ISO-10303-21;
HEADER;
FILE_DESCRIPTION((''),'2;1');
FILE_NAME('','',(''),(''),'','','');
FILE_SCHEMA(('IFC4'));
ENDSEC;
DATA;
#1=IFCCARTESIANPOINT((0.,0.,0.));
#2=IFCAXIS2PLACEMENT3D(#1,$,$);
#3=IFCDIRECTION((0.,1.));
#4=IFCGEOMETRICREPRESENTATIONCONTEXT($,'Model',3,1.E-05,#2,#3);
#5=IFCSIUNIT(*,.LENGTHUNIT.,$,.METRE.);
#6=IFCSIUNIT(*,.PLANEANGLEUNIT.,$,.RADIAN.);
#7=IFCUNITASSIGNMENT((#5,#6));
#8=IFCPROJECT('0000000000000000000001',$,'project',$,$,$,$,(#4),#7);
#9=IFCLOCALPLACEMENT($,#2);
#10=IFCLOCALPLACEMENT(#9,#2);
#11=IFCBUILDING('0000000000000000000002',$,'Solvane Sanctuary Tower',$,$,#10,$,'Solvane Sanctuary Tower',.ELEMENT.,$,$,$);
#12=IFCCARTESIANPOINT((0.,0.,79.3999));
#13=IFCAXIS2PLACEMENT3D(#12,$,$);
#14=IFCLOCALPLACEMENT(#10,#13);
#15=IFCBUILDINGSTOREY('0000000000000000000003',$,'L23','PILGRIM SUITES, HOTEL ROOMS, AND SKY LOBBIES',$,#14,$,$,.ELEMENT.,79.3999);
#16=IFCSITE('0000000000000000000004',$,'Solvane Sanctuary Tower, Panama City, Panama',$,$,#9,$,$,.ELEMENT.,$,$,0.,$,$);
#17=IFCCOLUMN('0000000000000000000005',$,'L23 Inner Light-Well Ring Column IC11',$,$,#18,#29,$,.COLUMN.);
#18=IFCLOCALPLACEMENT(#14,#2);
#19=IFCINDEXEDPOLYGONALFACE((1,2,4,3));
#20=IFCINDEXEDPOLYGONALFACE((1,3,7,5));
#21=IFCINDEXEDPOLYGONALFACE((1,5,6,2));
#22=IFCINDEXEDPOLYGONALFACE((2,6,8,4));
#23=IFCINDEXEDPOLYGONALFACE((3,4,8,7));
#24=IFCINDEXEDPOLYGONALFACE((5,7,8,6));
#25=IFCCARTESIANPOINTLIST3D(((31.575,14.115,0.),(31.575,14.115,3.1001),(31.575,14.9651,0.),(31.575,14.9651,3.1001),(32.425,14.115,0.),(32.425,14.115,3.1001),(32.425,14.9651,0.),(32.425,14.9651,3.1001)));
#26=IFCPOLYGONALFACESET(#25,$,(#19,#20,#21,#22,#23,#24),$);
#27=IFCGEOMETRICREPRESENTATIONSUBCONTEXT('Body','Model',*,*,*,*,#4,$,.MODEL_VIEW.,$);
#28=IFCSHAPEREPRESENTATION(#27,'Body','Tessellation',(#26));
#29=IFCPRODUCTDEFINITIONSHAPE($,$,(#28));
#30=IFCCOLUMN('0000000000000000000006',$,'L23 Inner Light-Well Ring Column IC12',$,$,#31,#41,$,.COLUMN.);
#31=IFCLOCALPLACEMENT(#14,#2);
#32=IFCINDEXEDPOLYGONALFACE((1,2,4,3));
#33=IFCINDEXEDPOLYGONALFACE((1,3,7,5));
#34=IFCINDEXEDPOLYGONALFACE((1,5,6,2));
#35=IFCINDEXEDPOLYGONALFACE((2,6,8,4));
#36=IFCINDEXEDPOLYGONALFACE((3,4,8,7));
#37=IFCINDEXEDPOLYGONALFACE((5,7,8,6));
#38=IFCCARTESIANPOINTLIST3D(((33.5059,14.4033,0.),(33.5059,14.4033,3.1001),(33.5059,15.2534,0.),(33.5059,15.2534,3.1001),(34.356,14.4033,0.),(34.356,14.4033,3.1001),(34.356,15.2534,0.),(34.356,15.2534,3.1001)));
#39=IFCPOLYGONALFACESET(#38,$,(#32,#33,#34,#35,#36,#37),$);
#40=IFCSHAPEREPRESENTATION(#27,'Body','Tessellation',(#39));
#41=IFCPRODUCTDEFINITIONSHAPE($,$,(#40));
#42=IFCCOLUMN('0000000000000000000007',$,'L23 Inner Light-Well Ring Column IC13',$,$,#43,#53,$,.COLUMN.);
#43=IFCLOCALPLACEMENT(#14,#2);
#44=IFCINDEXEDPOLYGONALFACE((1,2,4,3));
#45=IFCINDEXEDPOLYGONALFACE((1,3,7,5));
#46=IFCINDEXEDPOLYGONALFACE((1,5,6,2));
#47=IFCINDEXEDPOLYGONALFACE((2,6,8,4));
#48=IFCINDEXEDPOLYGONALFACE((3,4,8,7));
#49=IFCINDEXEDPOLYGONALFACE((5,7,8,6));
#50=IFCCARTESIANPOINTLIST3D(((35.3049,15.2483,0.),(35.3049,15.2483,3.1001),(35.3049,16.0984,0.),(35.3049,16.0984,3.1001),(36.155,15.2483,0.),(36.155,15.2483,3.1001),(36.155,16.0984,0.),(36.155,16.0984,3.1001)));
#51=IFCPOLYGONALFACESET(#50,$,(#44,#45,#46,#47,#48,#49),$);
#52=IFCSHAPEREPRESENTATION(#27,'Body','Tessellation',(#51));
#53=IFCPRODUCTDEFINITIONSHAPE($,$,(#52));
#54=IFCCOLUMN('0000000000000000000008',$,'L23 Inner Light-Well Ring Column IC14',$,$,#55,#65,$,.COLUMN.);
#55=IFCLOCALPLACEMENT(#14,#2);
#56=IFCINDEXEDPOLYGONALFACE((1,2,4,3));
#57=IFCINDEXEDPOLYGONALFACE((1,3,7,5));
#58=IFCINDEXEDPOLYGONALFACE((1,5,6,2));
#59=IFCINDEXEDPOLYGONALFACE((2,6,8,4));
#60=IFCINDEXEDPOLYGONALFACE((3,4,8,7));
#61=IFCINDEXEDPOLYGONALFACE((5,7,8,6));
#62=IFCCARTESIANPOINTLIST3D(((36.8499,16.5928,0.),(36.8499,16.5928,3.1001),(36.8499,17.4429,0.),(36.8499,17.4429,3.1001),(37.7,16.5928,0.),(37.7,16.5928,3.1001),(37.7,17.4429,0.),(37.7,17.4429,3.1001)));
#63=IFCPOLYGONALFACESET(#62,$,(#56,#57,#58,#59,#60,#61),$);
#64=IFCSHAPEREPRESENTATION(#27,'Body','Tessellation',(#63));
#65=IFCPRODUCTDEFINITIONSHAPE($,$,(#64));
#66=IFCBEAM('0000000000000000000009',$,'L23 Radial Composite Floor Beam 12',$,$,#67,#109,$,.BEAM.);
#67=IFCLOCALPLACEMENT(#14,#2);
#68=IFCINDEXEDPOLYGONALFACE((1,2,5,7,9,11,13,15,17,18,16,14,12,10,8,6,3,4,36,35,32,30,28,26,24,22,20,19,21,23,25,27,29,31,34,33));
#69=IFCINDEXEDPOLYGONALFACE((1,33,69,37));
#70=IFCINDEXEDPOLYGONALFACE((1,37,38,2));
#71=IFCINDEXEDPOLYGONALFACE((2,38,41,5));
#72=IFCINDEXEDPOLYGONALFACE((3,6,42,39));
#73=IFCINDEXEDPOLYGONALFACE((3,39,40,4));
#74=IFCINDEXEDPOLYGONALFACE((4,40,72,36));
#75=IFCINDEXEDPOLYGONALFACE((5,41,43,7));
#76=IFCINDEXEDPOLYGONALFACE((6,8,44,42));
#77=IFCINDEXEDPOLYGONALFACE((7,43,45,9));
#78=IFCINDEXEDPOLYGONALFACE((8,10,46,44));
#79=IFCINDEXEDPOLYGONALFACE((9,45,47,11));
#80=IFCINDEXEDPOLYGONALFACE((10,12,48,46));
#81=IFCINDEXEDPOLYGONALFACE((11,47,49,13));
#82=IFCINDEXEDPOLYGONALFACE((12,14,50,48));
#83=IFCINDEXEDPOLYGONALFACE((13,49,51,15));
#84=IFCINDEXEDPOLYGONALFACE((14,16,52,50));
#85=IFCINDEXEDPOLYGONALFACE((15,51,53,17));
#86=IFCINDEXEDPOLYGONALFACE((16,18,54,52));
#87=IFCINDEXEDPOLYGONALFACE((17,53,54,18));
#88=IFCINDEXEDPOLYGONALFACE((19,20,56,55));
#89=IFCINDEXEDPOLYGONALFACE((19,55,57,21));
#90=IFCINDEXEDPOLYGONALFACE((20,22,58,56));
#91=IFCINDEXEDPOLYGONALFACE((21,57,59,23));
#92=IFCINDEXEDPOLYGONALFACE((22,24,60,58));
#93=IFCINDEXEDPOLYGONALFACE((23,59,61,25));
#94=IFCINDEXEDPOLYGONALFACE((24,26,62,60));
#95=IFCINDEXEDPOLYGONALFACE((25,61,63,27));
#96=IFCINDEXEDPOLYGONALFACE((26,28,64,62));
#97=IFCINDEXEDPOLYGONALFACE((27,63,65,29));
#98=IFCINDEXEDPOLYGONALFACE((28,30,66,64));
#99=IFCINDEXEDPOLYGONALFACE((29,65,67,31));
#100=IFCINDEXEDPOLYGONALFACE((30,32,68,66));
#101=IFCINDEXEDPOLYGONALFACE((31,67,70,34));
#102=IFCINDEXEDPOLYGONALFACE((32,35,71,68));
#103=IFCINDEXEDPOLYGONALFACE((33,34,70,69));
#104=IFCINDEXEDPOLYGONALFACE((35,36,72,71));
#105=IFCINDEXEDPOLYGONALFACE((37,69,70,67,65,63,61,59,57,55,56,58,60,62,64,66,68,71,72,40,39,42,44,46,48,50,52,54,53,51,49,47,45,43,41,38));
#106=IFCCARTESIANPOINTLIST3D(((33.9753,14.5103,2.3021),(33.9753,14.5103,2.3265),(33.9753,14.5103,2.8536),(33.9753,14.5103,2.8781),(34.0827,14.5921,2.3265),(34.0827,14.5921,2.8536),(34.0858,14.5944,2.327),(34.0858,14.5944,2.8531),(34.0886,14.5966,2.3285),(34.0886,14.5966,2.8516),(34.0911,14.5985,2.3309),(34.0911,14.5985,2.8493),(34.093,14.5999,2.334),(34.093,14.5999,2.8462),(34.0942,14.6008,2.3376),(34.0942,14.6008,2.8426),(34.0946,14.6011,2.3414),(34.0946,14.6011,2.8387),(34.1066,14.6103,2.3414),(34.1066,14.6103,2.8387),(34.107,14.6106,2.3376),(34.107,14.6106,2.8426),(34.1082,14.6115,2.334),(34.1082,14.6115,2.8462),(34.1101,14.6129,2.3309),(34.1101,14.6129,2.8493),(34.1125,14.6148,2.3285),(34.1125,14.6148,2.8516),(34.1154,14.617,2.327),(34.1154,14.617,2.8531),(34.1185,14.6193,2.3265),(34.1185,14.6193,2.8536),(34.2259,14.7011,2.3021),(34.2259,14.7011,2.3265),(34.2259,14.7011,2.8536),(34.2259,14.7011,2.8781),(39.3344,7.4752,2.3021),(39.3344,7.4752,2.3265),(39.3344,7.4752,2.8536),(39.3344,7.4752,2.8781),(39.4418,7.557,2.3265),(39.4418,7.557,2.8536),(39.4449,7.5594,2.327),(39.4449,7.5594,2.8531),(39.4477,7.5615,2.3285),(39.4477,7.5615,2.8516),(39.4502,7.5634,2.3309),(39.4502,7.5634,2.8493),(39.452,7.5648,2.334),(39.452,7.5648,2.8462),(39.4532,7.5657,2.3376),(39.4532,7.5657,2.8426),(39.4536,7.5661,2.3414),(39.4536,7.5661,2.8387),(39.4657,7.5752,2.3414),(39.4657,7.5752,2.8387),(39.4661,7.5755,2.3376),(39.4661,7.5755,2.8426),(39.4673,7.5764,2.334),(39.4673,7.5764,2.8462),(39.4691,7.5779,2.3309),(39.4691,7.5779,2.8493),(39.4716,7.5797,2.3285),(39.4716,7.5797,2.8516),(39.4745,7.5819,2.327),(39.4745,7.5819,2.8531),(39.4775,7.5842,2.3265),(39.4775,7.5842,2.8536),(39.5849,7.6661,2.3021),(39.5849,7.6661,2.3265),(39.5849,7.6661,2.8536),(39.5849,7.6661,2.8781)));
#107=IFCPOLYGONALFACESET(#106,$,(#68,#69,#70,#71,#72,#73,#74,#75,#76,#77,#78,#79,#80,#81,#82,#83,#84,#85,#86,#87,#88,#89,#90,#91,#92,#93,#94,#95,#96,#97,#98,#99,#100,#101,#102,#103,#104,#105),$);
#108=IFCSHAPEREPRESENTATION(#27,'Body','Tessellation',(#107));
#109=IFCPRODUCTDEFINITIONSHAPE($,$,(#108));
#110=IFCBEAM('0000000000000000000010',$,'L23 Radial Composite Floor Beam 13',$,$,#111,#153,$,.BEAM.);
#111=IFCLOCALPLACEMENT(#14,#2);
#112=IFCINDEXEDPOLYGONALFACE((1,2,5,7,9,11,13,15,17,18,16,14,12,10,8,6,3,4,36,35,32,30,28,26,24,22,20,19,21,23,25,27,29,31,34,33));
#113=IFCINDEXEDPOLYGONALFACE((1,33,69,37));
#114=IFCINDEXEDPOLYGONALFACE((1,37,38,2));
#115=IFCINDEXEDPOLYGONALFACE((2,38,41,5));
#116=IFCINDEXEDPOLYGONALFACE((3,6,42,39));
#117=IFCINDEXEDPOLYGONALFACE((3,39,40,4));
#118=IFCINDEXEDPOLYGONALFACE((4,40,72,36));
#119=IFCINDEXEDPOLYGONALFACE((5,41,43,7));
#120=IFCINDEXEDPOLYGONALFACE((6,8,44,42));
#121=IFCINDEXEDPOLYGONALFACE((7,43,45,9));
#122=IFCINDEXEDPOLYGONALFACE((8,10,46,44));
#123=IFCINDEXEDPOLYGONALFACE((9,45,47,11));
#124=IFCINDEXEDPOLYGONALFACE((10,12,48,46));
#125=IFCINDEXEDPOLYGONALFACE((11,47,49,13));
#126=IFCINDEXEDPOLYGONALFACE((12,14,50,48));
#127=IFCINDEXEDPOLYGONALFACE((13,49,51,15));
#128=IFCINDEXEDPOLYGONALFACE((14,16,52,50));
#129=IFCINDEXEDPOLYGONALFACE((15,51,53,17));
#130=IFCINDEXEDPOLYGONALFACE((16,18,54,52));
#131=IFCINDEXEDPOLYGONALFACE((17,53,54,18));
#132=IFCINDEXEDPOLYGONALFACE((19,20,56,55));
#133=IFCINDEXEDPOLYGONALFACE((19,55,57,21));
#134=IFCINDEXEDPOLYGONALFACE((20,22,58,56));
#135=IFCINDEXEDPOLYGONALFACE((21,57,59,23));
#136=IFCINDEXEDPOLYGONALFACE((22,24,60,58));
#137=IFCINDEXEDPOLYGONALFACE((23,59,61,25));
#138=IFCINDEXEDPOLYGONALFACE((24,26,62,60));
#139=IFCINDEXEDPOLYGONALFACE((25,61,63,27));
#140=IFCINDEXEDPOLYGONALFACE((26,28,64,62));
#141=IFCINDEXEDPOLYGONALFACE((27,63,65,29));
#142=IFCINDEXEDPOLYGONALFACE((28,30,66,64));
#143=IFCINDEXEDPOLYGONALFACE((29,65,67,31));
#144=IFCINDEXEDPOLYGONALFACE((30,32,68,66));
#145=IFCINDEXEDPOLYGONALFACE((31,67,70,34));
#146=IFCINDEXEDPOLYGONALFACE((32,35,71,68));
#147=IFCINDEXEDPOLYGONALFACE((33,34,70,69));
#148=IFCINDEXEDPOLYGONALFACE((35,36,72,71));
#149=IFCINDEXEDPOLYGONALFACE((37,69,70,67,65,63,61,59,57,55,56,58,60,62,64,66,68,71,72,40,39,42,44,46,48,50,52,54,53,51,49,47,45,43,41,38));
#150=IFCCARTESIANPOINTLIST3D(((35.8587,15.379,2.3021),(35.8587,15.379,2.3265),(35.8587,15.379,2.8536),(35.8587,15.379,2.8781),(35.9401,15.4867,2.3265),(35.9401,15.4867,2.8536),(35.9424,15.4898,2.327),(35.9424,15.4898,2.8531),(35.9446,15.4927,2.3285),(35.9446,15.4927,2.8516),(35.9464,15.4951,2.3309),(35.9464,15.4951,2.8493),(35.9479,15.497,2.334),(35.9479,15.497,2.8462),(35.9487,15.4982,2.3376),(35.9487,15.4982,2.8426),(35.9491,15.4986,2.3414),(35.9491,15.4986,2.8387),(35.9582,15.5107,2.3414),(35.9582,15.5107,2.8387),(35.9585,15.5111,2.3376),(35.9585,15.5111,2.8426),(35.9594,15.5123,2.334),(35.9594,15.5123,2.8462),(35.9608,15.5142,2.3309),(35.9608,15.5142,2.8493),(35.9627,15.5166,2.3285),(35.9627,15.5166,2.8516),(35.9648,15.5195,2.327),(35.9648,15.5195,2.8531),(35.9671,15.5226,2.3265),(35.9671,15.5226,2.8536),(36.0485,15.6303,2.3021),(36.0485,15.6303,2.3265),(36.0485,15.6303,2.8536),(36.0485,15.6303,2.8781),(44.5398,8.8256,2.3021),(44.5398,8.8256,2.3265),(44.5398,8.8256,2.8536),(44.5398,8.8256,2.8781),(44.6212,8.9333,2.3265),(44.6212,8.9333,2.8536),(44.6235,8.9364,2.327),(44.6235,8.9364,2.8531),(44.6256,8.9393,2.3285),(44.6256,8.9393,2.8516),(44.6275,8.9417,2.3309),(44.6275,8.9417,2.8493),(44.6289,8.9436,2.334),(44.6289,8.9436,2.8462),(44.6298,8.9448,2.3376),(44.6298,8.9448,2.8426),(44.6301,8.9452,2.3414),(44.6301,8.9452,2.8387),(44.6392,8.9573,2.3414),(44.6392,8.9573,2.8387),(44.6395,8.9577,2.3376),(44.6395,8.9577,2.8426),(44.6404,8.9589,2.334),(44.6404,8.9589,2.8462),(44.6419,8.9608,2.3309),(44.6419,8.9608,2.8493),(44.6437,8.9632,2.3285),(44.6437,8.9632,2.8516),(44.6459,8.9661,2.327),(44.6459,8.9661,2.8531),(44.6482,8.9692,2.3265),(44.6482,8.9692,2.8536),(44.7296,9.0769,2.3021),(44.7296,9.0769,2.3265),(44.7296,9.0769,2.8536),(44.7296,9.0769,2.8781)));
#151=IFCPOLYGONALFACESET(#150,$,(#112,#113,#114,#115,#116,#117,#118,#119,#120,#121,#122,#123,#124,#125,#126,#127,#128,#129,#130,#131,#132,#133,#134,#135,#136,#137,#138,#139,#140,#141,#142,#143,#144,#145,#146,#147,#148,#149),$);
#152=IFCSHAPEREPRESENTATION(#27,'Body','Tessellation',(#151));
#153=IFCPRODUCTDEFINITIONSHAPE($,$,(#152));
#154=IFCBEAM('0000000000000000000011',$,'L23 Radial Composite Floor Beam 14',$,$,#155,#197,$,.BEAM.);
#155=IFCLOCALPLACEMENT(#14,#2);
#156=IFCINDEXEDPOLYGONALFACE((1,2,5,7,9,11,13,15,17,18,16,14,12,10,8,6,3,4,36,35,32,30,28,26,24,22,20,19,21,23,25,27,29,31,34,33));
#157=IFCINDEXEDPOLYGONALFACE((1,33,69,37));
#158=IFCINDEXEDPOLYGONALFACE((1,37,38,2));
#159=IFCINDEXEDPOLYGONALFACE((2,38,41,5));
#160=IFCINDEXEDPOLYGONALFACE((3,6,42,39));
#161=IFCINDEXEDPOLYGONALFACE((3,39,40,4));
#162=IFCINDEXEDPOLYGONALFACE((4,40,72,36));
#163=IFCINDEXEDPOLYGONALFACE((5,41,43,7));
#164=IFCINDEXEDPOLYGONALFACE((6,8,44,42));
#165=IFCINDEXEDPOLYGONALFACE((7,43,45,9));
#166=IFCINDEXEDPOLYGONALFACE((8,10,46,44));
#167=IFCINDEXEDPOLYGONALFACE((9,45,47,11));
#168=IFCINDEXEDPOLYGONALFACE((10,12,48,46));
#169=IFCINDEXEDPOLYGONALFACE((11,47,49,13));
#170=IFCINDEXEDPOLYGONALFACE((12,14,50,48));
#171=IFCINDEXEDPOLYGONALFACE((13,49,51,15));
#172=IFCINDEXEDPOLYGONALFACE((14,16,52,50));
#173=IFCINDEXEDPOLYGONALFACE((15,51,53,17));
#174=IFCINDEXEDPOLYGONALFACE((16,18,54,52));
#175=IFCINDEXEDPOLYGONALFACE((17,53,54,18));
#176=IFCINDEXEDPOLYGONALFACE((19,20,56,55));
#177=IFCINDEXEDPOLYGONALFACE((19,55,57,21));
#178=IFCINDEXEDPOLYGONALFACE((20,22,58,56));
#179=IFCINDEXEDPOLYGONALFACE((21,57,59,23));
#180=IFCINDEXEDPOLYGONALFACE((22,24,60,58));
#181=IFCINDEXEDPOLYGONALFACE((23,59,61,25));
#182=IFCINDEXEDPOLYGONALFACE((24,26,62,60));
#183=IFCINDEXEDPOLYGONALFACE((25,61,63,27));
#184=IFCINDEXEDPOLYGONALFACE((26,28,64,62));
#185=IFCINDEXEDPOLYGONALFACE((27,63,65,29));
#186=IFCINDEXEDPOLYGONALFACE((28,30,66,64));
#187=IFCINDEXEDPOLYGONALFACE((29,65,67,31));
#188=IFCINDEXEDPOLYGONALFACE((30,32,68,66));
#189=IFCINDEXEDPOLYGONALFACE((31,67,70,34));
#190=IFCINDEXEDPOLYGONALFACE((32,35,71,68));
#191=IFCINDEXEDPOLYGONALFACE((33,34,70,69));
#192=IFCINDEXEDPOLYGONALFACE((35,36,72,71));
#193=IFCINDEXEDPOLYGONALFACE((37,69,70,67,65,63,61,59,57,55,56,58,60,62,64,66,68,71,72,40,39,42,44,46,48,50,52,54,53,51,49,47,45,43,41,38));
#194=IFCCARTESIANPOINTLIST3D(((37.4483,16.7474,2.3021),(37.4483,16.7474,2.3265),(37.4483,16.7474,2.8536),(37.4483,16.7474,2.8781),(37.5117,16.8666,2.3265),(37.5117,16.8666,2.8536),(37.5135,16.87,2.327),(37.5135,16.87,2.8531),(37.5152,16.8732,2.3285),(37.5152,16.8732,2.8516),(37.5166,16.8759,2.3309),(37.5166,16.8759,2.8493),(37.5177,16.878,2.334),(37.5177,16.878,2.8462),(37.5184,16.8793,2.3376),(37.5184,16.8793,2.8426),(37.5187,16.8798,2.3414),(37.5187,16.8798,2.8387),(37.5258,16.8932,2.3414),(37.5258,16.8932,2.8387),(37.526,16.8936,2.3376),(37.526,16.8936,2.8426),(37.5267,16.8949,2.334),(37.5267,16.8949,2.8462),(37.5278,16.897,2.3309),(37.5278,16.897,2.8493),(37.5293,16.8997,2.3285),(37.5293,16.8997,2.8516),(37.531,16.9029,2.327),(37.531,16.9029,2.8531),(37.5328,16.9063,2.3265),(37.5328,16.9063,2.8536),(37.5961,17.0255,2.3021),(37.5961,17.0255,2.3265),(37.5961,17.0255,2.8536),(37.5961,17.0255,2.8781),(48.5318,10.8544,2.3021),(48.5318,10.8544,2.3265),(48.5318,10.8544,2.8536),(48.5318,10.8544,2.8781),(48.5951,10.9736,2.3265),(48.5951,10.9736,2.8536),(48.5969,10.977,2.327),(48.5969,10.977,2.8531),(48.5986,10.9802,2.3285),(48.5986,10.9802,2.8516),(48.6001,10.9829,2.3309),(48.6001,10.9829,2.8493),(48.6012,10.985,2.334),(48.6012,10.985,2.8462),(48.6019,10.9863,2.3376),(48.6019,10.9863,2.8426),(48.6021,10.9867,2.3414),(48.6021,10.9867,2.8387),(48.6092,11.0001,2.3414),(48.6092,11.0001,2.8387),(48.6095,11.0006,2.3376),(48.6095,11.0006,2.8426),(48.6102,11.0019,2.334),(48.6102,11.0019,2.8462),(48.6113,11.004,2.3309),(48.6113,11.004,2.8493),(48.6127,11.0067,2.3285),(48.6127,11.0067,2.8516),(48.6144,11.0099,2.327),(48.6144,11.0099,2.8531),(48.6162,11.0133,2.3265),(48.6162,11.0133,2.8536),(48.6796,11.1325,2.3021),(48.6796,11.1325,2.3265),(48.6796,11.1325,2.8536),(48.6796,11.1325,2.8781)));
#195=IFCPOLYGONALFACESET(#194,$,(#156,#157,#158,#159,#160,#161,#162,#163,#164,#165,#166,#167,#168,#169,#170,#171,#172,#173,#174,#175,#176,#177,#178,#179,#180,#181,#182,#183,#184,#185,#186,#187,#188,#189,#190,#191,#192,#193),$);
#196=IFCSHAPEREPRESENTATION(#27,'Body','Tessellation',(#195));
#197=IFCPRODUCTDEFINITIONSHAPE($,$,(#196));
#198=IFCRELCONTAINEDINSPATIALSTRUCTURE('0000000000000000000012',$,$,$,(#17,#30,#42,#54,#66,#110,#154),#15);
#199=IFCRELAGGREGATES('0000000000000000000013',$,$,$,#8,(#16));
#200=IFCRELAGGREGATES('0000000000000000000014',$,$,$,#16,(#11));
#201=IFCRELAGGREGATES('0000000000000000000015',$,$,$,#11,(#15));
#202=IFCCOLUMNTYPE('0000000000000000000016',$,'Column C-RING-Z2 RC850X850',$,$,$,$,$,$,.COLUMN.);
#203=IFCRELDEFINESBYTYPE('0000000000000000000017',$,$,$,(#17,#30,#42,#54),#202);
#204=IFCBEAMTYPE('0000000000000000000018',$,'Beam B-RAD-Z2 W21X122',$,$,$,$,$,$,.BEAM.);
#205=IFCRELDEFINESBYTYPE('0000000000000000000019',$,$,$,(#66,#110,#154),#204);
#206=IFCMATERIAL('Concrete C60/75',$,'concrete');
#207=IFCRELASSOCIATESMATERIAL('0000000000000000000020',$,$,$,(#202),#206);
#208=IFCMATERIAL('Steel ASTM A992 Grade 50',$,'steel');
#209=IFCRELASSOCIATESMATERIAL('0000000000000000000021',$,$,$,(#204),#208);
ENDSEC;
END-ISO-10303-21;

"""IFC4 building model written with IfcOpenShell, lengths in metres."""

from ifc_helpers import new_model, si_unit, direction, frame, origin, origin_2d, place, context, subcontext, project, spatial, rectangle, i_section, extrude, material, material_profile, profile_set, type_object, element, save


model = new_model("IFC4")

# Units and contexts
model_context = context("Model", 3, precision=1e-05, world=origin(), true_north=direction((0.0, 1.0)))
body_context = subcontext(model_context, "Body", "Model", "MODEL_VIEW")
ifc_project = project(units=[si_unit("LENGTHUNIT", "METRE"), si_unit("PLANEANGLEUNIT", "RADIAN")], contexts=[model_context])

# Site, building, storey
site_placement = place(None, origin())
site = spatial("IfcSite", under=ifc_project, at=site_placement, Name="Solvane Sanctuary Tower, Panama City, Panama", CompositionType="ELEMENT", RefElevation=0.0)
building_placement = place(site_placement, origin())
building = spatial("IfcBuilding", under=site, at=building_placement, Name="Solvane Sanctuary Tower", LongName="Solvane Sanctuary Tower", CompositionType="ELEMENT")
storey_placement = place(building_placement, frame((0.0, 0.0, 79.3999)))
storey = spatial("IfcBuildingStorey", under=building, at=storey_placement, Name="L23", Description="PILGRIM SUITES, HOTEL ROOMS, AND SKY LOBBIES", CompositionType="ELEMENT", Elevation=79.3999)

# Columns
ifc_material_1 = material(Name="Concrete C60/75", Category="concrete")
ifc_material_profile_1 = material_profile(ifc_material_1, rectangle(XDim=0.8501, YDim=0.8501, at=origin_2d()), Name="RC850X850")
ifc_profile_set_1 = profile_set([ifc_material_profile_1], Name="Concrete C60/75")
column_type = type_object("IfcColumnType", Name="Column C-RING-Z2 RC850X850", PredefinedType="COLUMN", material=ifc_profile_set_1)
for number, where, z_axis, x_axis, name in (
    (1, (32.0, 14.54, 0.0), (0.0, 0.0, 1.0), (1.0, 0.0, 0.0), "L23 Inner Light-Well Ring Column IC11"),
    (2, (33.9309, 14.8284, 0.0), (0.0, 0.0, 1.0), (1.0, 0.0, 0.0), "L23 Inner Light-Well Ring Column IC12"),
    (3, (35.73, 15.6733, 0.0), (0.0, 0.0, 1.0), (1.0, 0.0, 0.0), "L23 Inner Light-Well Ring Column IC13"),
    (4, (37.2749, 17.0178, 0.0), (0.0, 0.0, 1.0), (1.0, 0.0, 0.0), "L23 Inner Light-Well Ring Column IC14"),
):
    element("IfcColumn", number, at=place(storey_placement, frame(where, z_axis=z_axis, x_axis=x_axis)), inside=storey, type_object=column_type, Name=name, PredefinedType="COLUMN", context=body_context, shape_type="SweptSolid", body=[
        extrude(rectangle(XDim=0.8501, YDim=0.8501, at=origin_2d()), origin(), (0.0, 0.0, 1.0), 3.1001),
    ])

# Beams
ifc_material_2 = material(Name="Steel ASTM A992 Grade 50", Category="steel")
ifc_material_profile_2 = material_profile(ifc_material_2, i_section(OverallWidth=0.3149, OverallDepth=0.5759, WebThickness=0.0151, FlangeThickness=0.0244, FilletRadius=0.0149, at=origin_2d()), Name="W21X122")
ifc_profile_set_2 = profile_set([ifc_material_profile_2], Name="Steel ASTM A992 Grade 50")
beam_type_1 = type_object("IfcBeamType", Name="Beam B-RAD-Z2 W21X122", PredefinedType="BEAM", material=ifc_profile_set_2)
beam_1_placement = place(storey_placement, frame((34.1006, 14.6057, 2.5901), z_axis=(0.605973, -0.795486, 0.0), x_axis=(0.795486, 0.605973, 0.0)))
element("IfcBeam", 5, at=beam_1_placement, inside=storey, type_object=beam_type_1, Name="L23 Radial Composite Floor Beam 12", PredefinedType="BEAM", context=body_context, shape_type="SweptSolid", body=[
    extrude(i_section(OverallWidth=0.3149, OverallDepth=0.5759, WebThickness=0.0151, FlangeThickness=0.0244, FilletRadius=0.0149, at=origin_2d()), origin(), (0.0, 0.0, 1.0), 8.8438),
])
beam_2_placement = place(storey_placement, frame((35.9536, 15.5046, 2.5901), z_axis=(0.798116, -0.602504, 0.0), x_axis=(0.602504, 0.798116, 0.0)))
element("IfcBeam", 6, at=beam_2_placement, inside=storey, type_object=beam_type_1, Name="L23 Radial Composite Floor Beam 13", PredefinedType="BEAM", context=body_context, shape_type="SweptSolid", body=[
    extrude(i_section(OverallWidth=0.3149, OverallDepth=0.5759, WebThickness=0.0151, FlangeThickness=0.0244, FilletRadius=0.0149, at=origin_2d()), origin(), (0.0, 0.0, 1.0), 10.877),
])
beam_3_placement = place(storey_placement, frame((37.5222, 16.8865, 2.5901), z_axis=(0.882952, -0.469463, 0.0), x_axis=(0.469463, 0.882952, 0.0)))
element("IfcBeam", 7, at=beam_3_placement, inside=storey, type_object=beam_type_1, Name="L23 Radial Composite Floor Beam 14", PredefinedType="BEAM", context=body_context, shape_type="SweptSolid", body=[
    extrude(i_section(OverallWidth=0.3149, OverallDepth=0.5759, WebThickness=0.0151, FlangeThickness=0.0244, FilletRadius=0.0149, at=origin_2d()), origin(), (0.0, 0.0, 1.0), 12.5527),
])

save(model, "model.ifc")
